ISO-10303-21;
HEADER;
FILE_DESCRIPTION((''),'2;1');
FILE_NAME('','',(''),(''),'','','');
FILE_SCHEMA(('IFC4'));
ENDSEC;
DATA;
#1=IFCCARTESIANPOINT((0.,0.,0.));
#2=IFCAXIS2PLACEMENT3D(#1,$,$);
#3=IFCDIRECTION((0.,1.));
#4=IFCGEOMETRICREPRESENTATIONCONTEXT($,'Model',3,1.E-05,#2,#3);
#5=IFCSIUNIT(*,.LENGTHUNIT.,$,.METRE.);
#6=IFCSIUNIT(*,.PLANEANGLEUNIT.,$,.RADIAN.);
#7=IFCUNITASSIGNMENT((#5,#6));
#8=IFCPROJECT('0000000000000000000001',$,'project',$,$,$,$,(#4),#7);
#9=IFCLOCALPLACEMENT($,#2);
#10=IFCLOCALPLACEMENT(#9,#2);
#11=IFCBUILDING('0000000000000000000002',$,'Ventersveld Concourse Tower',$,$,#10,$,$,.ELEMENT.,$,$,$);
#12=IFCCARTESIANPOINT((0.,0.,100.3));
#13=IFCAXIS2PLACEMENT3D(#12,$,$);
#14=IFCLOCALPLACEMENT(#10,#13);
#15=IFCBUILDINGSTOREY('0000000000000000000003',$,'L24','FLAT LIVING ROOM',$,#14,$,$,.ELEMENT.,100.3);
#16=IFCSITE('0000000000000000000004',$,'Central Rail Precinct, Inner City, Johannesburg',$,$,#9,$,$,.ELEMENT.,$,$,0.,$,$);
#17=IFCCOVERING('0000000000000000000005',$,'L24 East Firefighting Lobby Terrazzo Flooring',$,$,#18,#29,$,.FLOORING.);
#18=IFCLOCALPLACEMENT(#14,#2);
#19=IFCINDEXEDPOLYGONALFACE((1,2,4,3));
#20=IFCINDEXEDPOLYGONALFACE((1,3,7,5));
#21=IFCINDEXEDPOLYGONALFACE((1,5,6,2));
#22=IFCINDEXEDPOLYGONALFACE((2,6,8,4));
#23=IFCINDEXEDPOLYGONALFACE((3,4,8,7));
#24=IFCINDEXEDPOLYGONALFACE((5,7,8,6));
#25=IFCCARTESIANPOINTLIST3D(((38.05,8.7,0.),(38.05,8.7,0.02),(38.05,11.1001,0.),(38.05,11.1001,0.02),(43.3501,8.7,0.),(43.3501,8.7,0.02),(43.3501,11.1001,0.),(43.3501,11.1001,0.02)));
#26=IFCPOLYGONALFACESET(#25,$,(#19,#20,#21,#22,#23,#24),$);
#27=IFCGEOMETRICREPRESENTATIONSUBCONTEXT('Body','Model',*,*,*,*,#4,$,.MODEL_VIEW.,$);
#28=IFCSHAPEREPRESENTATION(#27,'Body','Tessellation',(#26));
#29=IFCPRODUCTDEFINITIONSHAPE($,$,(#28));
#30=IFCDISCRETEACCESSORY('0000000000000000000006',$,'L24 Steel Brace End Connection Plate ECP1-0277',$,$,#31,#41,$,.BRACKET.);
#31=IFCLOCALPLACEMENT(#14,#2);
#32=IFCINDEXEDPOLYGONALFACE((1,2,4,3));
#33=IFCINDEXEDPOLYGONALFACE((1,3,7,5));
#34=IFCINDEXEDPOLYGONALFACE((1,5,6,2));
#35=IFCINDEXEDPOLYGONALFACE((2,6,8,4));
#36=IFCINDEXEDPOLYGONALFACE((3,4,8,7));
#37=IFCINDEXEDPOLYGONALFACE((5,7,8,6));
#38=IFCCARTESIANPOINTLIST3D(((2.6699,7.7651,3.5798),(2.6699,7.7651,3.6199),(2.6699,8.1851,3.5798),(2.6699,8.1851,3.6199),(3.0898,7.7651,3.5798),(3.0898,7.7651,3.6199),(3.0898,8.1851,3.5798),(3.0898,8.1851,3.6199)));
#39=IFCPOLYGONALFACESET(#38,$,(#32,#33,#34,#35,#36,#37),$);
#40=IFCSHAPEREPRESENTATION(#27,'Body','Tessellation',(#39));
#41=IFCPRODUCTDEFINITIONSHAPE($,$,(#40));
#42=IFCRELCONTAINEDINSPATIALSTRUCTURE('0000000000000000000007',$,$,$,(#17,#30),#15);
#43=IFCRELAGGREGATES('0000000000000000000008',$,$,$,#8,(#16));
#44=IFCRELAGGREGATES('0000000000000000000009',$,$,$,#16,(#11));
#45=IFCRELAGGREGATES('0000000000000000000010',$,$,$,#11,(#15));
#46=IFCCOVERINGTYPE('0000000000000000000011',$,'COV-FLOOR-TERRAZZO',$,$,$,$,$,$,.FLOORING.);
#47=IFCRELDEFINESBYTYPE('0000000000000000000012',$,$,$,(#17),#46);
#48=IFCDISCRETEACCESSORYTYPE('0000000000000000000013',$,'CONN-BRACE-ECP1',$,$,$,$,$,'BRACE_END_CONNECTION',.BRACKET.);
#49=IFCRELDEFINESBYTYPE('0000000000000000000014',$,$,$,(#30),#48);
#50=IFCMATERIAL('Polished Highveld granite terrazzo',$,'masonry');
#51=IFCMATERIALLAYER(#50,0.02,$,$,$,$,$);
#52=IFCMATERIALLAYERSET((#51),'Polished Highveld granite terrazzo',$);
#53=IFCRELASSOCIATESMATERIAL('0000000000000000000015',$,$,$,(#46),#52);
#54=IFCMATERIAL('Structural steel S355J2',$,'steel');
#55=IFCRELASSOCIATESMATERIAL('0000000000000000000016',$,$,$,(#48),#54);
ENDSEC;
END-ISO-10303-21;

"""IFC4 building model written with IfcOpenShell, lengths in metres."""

from ifc_helpers import new_model, si_unit, direction, frame, origin, origin_2d, place, context, subcontext, project, spatial, polyline, rectangle, outline, extrude, material, layer, layer_set, type_object, element, save


model = new_model("IFC4")

# Units and contexts
model_context = context("Model", 3, precision=1e-05, world=origin(), true_north=direction((0.0, 1.0)))
body_context = subcontext(model_context, "Body", "Model", "MODEL_VIEW")
ifc_project = project(units=[si_unit("LENGTHUNIT", "METRE"), si_unit("PLANEANGLEUNIT", "RADIAN")], contexts=[model_context])

# Site, building, storey
site_placement = place(None, origin())
site = spatial("IfcSite", under=ifc_project, at=site_placement, Name="Central Rail Precinct, Inner City, Johannesburg", CompositionType="ELEMENT", RefElevation=0.0)
building_placement = place(site_placement, origin())
building = spatial("IfcBuilding", under=site, at=building_placement, Name="Ventersveld Concourse Tower", CompositionType="ELEMENT")
storey_placement = place(building_placement, frame((0.0, 0.0, 100.3)))
storey = spatial("IfcBuildingStorey", under=building, at=storey_placement, Name="L24", Description="FLAT LIVING ROOM", CompositionType="ELEMENT", Elevation=100.3)

# Covering
ifc_material_1 = material(Name="Polished Highveld granite terrazzo", Category="masonry")
ifc_layer_1 = layer(ifc_material_1, 0.02)
ifc_layer_set_1 = layer_set([ifc_layer_1], Name="Polished Highveld granite terrazzo")
covering_type_1 = type_object("IfcCoveringType", Name="COV-FLOOR-TERRAZZO", PredefinedType="FLOORING", material=ifc_layer_set_1)
covering_1_placement = place(storey_placement, origin())
element("IfcCovering", 1, at=covering_1_placement, inside=storey, type_object=covering_type_1, Name="L24 East Firefighting Lobby Terrazzo Flooring", PredefinedType="FLOORING", context=body_context, shape_type="SweptSolid", body=[
    extrude(outline(polyline([(38.05, 8.7), (43.3501, 8.7), (43.3501, 11.1001), (38.05, 11.1001), (38.05, 8.7)])), origin(), (0.0, 0.0, 1.0), 0.02),
])

# Discrete accessory
ifc_material_2 = material(Name="Structural steel S355J2", Category="steel")
discrete_accessory_type = type_object("IfcDiscreteAccessoryType", Name="CONN-BRACE-ECP1", ElementType="BRACE_END_CONNECTION", PredefinedType="BRACKET", material=ifc_material_2)
discrete_accessory_placement = place(storey_placement, frame((2.8799, 7.9751, 3.5798), z_axis=(0.0, 0.0, 1.0), x_axis=(1.0, 0.0, 0.0)))
element("IfcDiscreteAccessory", 2, at=discrete_accessory_placement, inside=storey, type_object=discrete_accessory_type, Name="L24 Steel Brace End Connection Plate ECP1-0277", PredefinedType="BRACKET", context=body_context, shape_type="SweptSolid", body=[
    extrude(rectangle(XDim=0.4199, YDim=0.4199, at=origin_2d()), origin(), (0.0, 0.0, 1.0), 0.04),
])

save(model, "model.ifc")
